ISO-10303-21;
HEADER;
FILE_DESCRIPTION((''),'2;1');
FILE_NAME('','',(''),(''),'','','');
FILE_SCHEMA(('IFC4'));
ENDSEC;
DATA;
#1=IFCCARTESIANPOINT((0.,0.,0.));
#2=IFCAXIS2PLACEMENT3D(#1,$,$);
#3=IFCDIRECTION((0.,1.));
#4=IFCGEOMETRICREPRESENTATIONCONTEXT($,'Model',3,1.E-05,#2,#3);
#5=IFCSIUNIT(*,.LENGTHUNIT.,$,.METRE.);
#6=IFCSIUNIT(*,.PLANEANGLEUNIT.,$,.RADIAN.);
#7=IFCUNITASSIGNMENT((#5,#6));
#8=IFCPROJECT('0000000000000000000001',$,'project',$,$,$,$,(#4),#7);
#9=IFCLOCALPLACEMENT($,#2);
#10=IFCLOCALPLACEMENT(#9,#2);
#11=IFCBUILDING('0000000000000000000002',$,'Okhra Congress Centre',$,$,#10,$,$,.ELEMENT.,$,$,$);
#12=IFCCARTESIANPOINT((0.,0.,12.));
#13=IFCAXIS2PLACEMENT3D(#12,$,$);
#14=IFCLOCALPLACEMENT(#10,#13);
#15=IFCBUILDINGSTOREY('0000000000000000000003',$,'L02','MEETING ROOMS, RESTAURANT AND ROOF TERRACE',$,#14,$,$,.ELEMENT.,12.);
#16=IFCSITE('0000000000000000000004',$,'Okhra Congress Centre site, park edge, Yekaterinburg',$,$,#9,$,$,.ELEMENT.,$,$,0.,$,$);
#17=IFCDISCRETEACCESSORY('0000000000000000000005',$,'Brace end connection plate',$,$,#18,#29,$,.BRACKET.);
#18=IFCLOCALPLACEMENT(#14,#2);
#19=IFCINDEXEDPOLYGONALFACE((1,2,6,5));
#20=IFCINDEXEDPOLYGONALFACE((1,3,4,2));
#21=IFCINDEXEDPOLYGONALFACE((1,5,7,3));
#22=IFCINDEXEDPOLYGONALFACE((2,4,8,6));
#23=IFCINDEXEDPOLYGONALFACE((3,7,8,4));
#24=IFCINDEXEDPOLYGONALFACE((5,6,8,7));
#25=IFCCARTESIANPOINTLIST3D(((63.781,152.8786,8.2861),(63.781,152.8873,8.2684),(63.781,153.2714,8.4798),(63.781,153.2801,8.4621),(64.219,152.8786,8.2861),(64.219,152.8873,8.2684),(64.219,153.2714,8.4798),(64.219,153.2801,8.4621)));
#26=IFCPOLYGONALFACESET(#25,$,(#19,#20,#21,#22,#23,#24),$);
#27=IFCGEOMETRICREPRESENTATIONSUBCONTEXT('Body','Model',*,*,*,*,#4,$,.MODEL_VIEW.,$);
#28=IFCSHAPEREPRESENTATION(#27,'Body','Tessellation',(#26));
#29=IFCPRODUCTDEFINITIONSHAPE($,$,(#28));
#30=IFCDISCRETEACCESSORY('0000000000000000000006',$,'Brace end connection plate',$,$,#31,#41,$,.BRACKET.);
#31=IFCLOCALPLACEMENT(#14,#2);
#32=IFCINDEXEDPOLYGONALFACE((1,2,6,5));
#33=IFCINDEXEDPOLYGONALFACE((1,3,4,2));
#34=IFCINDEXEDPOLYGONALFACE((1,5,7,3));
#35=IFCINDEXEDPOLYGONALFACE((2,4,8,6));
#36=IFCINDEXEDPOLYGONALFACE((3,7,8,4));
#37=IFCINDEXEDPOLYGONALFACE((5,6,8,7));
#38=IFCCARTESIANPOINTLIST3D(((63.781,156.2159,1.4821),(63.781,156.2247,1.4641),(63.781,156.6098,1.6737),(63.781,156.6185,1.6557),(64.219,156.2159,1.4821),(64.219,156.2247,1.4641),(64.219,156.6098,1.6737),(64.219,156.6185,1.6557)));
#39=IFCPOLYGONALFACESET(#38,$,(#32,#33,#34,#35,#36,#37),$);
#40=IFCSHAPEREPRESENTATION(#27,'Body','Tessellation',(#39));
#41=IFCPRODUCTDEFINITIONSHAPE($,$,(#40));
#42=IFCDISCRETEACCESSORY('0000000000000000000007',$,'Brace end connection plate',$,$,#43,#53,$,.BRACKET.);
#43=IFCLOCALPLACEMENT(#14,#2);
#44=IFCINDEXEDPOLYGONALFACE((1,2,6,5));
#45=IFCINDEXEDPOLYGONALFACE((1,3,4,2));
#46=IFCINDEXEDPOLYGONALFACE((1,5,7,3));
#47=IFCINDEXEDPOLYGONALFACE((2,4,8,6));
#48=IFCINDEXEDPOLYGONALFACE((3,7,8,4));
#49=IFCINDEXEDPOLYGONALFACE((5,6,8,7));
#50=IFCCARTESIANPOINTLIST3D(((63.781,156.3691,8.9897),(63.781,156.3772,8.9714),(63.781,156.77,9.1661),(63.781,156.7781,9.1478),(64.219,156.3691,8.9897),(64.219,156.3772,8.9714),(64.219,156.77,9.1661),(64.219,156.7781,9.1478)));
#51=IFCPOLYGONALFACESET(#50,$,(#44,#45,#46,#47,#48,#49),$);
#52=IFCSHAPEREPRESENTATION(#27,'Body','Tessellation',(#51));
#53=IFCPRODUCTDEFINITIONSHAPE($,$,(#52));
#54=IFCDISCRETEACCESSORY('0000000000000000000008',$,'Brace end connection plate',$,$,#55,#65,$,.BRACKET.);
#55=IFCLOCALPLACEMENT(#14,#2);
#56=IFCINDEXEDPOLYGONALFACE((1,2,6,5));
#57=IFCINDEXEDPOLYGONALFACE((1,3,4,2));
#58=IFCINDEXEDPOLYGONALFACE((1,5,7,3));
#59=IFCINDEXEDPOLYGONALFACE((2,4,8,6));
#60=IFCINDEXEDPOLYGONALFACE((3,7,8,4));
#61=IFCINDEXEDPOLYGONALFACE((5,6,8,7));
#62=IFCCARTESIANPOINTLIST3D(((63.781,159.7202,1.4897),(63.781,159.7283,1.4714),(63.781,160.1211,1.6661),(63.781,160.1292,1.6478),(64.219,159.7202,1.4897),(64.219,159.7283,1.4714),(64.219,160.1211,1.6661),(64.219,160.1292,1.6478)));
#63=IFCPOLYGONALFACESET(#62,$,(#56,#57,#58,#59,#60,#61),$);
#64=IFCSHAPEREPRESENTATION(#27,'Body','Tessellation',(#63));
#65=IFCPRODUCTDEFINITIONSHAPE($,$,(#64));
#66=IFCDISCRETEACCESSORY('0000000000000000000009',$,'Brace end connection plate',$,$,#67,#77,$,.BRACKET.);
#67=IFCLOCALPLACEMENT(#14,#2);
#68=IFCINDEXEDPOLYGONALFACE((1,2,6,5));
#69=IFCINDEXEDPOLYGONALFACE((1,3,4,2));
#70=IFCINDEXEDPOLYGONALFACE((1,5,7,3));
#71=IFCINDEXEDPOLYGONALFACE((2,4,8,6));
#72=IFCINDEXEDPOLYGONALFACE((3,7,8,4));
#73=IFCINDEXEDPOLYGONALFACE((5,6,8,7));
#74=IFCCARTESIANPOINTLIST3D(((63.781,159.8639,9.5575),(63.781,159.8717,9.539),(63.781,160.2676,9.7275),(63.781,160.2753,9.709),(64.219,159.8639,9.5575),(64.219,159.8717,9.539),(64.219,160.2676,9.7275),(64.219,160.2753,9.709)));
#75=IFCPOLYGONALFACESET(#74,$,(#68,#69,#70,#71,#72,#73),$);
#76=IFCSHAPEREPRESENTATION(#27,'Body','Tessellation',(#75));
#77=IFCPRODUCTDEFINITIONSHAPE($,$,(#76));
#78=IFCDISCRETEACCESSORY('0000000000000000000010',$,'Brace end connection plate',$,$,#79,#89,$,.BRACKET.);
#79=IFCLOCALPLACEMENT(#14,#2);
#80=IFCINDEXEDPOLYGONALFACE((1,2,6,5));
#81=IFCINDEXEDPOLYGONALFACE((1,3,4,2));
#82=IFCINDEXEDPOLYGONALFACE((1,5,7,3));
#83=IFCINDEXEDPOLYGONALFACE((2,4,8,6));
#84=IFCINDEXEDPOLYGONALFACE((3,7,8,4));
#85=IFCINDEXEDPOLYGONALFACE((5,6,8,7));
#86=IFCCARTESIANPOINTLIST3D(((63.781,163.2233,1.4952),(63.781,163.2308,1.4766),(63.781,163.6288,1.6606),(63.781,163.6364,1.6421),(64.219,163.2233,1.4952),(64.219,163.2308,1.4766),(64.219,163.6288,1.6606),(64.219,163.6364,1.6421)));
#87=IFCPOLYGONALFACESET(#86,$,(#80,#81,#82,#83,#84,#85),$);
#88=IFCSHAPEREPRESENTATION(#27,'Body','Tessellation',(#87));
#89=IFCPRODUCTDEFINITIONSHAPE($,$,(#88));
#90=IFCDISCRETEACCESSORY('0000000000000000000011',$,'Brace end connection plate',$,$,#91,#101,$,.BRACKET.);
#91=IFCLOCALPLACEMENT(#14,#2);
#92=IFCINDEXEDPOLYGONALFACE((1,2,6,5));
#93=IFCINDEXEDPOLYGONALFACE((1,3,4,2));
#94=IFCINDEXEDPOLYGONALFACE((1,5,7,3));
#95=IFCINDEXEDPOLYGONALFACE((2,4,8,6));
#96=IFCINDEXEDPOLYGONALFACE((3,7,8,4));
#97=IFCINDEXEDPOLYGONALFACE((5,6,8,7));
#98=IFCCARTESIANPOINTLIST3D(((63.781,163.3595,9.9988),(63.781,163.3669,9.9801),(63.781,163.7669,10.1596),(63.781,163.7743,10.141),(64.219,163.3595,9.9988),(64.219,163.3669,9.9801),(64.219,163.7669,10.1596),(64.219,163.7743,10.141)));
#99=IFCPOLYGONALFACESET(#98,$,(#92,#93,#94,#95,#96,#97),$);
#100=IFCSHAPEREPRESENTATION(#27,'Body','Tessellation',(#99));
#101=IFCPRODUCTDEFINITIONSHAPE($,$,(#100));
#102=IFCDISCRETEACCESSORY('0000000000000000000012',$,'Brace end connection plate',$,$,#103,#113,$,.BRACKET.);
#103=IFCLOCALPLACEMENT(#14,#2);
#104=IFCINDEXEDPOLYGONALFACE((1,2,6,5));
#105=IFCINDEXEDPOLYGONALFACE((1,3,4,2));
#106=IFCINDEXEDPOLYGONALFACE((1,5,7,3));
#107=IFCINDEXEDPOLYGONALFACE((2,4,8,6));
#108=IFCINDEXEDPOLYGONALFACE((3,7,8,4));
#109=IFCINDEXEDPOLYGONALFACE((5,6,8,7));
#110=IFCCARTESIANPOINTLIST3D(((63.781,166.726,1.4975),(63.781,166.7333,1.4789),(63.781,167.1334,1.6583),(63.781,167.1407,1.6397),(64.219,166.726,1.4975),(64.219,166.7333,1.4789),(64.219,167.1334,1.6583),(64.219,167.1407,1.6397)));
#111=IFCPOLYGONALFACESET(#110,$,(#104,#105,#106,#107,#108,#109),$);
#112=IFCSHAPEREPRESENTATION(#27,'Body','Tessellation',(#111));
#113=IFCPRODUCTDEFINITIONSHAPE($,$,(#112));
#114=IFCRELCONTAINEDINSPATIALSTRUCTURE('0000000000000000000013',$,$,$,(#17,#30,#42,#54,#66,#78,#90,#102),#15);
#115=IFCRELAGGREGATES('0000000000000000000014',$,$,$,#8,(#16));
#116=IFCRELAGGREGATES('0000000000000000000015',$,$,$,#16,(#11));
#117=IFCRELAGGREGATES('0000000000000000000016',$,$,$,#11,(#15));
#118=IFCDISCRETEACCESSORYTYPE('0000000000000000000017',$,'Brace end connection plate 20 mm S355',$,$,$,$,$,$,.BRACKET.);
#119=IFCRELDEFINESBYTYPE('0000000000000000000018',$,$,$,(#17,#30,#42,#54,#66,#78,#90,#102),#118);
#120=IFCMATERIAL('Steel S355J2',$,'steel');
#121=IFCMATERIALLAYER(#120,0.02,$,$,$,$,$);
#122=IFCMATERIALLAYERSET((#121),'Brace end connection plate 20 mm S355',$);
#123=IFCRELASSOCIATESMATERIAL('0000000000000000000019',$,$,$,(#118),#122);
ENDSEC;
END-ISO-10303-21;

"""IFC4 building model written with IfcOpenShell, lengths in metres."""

from ifc_helpers import new_model, si_unit, direction, frame, origin, origin_2d, place, context, subcontext, project, spatial, rectangle, extrude, material, layer, layer_set, type_object, element, save


model = new_model("IFC4")

# Units and contexts
model_context = context("Model", 3, precision=1e-05, world=origin(), true_north=direction((0.0, 1.0)))
body_context = subcontext(model_context, "Body", "Model", "MODEL_VIEW")
ifc_project = project(units=[si_unit("LENGTHUNIT", "METRE"), si_unit("PLANEANGLEUNIT", "RADIAN")], contexts=[model_context])

# Site, building, storey
site_placement = place(None, origin())
site = spatial("IfcSite", under=ifc_project, at=site_placement, Name="Okhra Congress Centre site, park edge, Yekaterinburg", CompositionType="ELEMENT", RefElevation=0.0)
building_placement = place(site_placement, origin())
building = spatial("IfcBuilding", under=site, at=building_placement, Name="Okhra Congress Centre", CompositionType="ELEMENT")
storey_placement = place(building_placement, frame((0.0, 0.0, 12.0)))
storey = spatial("IfcBuildingStorey", under=building, at=storey_placement, Name="L02", Description="MEETING ROOMS, RESTAURANT AND ROOF TERRACE", CompositionType="ELEMENT", Elevation=12.0)

# Discrete accessories
ifc_material_1 = material(Name="Steel S355J2", Category="steel")
ifc_layer = layer(ifc_material_1, 0.02)
ifc_layer_set = layer_set([ifc_layer], Name="Brace end connection plate 20 mm S355")
discrete_accessory_type = type_object("IfcDiscreteAccessoryType", Name="Brace end connection plate 20 mm S355", PredefinedType="BRACKET", material=ifc_layer_set)
discrete_accessory_1_placement = place(storey_placement, frame((64.0, 153.0837, 8.3652), z_axis=(0.0, -0.442292, 0.896871), x_axis=(1.0, 0.0, 0.0)))
element("IfcDiscreteAccessory", 1, at=discrete_accessory_1_placement, inside=storey, type_object=discrete_accessory_type, Name="Brace end connection plate", PredefinedType="BRACKET", context=body_context, shape_type="SweptSolid", body=[
    extrude(rectangle(XDim=0.438, YDim=0.438, at=origin_2d()), origin(), (0.0, 0.0, 1.0), 0.0198),
])
for number, where, z_axis, x_axis, name in (
    (2, (64.0, 156.4128, 1.5779), (0.0, 0.437466, -0.899235), (-1.0, 0.0, 0.0), "Brace end connection plate"),
    (3, (64.0, 156.5776, 9.0596), (0.0, -0.402739, 0.915315), (1.0, 0.0, 0.0), "Brace end connection plate"),
    (4, (64.0, 159.9207, 1.5779), (0.0, 0.402739, -0.915315), (-1.0, 0.0, 0.0), "Brace end connection plate"),
    (5, (64.0, 160.0735, 9.624), (0.0, -0.388057, 0.921635), (1.0, 0.0, 0.0), "Brace end connection plate"),
    (6, (64.0, 163.426, 1.5779), (0.0, 0.377684, -0.925935), (-1.0, 0.0, 0.0), "Brace end connection plate"),
    (7, (64.0, 163.5706, 10.0605), (0.0, -0.367167, 0.930155), (1.0, 0.0, 0.0), "Brace end connection plate"),
    (8, (64.0, 166.9297, 1.5779), (0.0, 0.367167, -0.930155), (-1.0, 0.0, 0.0), "Brace end connection plate"),
):
    element("IfcDiscreteAccessory", number, at=place(storey_placement, frame(where, z_axis=z_axis, x_axis=x_axis)), inside=storey, type_object=discrete_accessory_type, Name=name, PredefinedType="BRACKET", context=body_context, shape_type="SweptSolid", body=[
        extrude(rectangle(XDim=0.438, YDim=0.438, at=origin_2d()), origin(), (0.0, 0.0, 1.0), 0.02),
    ])

save(model, "model.ifc")
